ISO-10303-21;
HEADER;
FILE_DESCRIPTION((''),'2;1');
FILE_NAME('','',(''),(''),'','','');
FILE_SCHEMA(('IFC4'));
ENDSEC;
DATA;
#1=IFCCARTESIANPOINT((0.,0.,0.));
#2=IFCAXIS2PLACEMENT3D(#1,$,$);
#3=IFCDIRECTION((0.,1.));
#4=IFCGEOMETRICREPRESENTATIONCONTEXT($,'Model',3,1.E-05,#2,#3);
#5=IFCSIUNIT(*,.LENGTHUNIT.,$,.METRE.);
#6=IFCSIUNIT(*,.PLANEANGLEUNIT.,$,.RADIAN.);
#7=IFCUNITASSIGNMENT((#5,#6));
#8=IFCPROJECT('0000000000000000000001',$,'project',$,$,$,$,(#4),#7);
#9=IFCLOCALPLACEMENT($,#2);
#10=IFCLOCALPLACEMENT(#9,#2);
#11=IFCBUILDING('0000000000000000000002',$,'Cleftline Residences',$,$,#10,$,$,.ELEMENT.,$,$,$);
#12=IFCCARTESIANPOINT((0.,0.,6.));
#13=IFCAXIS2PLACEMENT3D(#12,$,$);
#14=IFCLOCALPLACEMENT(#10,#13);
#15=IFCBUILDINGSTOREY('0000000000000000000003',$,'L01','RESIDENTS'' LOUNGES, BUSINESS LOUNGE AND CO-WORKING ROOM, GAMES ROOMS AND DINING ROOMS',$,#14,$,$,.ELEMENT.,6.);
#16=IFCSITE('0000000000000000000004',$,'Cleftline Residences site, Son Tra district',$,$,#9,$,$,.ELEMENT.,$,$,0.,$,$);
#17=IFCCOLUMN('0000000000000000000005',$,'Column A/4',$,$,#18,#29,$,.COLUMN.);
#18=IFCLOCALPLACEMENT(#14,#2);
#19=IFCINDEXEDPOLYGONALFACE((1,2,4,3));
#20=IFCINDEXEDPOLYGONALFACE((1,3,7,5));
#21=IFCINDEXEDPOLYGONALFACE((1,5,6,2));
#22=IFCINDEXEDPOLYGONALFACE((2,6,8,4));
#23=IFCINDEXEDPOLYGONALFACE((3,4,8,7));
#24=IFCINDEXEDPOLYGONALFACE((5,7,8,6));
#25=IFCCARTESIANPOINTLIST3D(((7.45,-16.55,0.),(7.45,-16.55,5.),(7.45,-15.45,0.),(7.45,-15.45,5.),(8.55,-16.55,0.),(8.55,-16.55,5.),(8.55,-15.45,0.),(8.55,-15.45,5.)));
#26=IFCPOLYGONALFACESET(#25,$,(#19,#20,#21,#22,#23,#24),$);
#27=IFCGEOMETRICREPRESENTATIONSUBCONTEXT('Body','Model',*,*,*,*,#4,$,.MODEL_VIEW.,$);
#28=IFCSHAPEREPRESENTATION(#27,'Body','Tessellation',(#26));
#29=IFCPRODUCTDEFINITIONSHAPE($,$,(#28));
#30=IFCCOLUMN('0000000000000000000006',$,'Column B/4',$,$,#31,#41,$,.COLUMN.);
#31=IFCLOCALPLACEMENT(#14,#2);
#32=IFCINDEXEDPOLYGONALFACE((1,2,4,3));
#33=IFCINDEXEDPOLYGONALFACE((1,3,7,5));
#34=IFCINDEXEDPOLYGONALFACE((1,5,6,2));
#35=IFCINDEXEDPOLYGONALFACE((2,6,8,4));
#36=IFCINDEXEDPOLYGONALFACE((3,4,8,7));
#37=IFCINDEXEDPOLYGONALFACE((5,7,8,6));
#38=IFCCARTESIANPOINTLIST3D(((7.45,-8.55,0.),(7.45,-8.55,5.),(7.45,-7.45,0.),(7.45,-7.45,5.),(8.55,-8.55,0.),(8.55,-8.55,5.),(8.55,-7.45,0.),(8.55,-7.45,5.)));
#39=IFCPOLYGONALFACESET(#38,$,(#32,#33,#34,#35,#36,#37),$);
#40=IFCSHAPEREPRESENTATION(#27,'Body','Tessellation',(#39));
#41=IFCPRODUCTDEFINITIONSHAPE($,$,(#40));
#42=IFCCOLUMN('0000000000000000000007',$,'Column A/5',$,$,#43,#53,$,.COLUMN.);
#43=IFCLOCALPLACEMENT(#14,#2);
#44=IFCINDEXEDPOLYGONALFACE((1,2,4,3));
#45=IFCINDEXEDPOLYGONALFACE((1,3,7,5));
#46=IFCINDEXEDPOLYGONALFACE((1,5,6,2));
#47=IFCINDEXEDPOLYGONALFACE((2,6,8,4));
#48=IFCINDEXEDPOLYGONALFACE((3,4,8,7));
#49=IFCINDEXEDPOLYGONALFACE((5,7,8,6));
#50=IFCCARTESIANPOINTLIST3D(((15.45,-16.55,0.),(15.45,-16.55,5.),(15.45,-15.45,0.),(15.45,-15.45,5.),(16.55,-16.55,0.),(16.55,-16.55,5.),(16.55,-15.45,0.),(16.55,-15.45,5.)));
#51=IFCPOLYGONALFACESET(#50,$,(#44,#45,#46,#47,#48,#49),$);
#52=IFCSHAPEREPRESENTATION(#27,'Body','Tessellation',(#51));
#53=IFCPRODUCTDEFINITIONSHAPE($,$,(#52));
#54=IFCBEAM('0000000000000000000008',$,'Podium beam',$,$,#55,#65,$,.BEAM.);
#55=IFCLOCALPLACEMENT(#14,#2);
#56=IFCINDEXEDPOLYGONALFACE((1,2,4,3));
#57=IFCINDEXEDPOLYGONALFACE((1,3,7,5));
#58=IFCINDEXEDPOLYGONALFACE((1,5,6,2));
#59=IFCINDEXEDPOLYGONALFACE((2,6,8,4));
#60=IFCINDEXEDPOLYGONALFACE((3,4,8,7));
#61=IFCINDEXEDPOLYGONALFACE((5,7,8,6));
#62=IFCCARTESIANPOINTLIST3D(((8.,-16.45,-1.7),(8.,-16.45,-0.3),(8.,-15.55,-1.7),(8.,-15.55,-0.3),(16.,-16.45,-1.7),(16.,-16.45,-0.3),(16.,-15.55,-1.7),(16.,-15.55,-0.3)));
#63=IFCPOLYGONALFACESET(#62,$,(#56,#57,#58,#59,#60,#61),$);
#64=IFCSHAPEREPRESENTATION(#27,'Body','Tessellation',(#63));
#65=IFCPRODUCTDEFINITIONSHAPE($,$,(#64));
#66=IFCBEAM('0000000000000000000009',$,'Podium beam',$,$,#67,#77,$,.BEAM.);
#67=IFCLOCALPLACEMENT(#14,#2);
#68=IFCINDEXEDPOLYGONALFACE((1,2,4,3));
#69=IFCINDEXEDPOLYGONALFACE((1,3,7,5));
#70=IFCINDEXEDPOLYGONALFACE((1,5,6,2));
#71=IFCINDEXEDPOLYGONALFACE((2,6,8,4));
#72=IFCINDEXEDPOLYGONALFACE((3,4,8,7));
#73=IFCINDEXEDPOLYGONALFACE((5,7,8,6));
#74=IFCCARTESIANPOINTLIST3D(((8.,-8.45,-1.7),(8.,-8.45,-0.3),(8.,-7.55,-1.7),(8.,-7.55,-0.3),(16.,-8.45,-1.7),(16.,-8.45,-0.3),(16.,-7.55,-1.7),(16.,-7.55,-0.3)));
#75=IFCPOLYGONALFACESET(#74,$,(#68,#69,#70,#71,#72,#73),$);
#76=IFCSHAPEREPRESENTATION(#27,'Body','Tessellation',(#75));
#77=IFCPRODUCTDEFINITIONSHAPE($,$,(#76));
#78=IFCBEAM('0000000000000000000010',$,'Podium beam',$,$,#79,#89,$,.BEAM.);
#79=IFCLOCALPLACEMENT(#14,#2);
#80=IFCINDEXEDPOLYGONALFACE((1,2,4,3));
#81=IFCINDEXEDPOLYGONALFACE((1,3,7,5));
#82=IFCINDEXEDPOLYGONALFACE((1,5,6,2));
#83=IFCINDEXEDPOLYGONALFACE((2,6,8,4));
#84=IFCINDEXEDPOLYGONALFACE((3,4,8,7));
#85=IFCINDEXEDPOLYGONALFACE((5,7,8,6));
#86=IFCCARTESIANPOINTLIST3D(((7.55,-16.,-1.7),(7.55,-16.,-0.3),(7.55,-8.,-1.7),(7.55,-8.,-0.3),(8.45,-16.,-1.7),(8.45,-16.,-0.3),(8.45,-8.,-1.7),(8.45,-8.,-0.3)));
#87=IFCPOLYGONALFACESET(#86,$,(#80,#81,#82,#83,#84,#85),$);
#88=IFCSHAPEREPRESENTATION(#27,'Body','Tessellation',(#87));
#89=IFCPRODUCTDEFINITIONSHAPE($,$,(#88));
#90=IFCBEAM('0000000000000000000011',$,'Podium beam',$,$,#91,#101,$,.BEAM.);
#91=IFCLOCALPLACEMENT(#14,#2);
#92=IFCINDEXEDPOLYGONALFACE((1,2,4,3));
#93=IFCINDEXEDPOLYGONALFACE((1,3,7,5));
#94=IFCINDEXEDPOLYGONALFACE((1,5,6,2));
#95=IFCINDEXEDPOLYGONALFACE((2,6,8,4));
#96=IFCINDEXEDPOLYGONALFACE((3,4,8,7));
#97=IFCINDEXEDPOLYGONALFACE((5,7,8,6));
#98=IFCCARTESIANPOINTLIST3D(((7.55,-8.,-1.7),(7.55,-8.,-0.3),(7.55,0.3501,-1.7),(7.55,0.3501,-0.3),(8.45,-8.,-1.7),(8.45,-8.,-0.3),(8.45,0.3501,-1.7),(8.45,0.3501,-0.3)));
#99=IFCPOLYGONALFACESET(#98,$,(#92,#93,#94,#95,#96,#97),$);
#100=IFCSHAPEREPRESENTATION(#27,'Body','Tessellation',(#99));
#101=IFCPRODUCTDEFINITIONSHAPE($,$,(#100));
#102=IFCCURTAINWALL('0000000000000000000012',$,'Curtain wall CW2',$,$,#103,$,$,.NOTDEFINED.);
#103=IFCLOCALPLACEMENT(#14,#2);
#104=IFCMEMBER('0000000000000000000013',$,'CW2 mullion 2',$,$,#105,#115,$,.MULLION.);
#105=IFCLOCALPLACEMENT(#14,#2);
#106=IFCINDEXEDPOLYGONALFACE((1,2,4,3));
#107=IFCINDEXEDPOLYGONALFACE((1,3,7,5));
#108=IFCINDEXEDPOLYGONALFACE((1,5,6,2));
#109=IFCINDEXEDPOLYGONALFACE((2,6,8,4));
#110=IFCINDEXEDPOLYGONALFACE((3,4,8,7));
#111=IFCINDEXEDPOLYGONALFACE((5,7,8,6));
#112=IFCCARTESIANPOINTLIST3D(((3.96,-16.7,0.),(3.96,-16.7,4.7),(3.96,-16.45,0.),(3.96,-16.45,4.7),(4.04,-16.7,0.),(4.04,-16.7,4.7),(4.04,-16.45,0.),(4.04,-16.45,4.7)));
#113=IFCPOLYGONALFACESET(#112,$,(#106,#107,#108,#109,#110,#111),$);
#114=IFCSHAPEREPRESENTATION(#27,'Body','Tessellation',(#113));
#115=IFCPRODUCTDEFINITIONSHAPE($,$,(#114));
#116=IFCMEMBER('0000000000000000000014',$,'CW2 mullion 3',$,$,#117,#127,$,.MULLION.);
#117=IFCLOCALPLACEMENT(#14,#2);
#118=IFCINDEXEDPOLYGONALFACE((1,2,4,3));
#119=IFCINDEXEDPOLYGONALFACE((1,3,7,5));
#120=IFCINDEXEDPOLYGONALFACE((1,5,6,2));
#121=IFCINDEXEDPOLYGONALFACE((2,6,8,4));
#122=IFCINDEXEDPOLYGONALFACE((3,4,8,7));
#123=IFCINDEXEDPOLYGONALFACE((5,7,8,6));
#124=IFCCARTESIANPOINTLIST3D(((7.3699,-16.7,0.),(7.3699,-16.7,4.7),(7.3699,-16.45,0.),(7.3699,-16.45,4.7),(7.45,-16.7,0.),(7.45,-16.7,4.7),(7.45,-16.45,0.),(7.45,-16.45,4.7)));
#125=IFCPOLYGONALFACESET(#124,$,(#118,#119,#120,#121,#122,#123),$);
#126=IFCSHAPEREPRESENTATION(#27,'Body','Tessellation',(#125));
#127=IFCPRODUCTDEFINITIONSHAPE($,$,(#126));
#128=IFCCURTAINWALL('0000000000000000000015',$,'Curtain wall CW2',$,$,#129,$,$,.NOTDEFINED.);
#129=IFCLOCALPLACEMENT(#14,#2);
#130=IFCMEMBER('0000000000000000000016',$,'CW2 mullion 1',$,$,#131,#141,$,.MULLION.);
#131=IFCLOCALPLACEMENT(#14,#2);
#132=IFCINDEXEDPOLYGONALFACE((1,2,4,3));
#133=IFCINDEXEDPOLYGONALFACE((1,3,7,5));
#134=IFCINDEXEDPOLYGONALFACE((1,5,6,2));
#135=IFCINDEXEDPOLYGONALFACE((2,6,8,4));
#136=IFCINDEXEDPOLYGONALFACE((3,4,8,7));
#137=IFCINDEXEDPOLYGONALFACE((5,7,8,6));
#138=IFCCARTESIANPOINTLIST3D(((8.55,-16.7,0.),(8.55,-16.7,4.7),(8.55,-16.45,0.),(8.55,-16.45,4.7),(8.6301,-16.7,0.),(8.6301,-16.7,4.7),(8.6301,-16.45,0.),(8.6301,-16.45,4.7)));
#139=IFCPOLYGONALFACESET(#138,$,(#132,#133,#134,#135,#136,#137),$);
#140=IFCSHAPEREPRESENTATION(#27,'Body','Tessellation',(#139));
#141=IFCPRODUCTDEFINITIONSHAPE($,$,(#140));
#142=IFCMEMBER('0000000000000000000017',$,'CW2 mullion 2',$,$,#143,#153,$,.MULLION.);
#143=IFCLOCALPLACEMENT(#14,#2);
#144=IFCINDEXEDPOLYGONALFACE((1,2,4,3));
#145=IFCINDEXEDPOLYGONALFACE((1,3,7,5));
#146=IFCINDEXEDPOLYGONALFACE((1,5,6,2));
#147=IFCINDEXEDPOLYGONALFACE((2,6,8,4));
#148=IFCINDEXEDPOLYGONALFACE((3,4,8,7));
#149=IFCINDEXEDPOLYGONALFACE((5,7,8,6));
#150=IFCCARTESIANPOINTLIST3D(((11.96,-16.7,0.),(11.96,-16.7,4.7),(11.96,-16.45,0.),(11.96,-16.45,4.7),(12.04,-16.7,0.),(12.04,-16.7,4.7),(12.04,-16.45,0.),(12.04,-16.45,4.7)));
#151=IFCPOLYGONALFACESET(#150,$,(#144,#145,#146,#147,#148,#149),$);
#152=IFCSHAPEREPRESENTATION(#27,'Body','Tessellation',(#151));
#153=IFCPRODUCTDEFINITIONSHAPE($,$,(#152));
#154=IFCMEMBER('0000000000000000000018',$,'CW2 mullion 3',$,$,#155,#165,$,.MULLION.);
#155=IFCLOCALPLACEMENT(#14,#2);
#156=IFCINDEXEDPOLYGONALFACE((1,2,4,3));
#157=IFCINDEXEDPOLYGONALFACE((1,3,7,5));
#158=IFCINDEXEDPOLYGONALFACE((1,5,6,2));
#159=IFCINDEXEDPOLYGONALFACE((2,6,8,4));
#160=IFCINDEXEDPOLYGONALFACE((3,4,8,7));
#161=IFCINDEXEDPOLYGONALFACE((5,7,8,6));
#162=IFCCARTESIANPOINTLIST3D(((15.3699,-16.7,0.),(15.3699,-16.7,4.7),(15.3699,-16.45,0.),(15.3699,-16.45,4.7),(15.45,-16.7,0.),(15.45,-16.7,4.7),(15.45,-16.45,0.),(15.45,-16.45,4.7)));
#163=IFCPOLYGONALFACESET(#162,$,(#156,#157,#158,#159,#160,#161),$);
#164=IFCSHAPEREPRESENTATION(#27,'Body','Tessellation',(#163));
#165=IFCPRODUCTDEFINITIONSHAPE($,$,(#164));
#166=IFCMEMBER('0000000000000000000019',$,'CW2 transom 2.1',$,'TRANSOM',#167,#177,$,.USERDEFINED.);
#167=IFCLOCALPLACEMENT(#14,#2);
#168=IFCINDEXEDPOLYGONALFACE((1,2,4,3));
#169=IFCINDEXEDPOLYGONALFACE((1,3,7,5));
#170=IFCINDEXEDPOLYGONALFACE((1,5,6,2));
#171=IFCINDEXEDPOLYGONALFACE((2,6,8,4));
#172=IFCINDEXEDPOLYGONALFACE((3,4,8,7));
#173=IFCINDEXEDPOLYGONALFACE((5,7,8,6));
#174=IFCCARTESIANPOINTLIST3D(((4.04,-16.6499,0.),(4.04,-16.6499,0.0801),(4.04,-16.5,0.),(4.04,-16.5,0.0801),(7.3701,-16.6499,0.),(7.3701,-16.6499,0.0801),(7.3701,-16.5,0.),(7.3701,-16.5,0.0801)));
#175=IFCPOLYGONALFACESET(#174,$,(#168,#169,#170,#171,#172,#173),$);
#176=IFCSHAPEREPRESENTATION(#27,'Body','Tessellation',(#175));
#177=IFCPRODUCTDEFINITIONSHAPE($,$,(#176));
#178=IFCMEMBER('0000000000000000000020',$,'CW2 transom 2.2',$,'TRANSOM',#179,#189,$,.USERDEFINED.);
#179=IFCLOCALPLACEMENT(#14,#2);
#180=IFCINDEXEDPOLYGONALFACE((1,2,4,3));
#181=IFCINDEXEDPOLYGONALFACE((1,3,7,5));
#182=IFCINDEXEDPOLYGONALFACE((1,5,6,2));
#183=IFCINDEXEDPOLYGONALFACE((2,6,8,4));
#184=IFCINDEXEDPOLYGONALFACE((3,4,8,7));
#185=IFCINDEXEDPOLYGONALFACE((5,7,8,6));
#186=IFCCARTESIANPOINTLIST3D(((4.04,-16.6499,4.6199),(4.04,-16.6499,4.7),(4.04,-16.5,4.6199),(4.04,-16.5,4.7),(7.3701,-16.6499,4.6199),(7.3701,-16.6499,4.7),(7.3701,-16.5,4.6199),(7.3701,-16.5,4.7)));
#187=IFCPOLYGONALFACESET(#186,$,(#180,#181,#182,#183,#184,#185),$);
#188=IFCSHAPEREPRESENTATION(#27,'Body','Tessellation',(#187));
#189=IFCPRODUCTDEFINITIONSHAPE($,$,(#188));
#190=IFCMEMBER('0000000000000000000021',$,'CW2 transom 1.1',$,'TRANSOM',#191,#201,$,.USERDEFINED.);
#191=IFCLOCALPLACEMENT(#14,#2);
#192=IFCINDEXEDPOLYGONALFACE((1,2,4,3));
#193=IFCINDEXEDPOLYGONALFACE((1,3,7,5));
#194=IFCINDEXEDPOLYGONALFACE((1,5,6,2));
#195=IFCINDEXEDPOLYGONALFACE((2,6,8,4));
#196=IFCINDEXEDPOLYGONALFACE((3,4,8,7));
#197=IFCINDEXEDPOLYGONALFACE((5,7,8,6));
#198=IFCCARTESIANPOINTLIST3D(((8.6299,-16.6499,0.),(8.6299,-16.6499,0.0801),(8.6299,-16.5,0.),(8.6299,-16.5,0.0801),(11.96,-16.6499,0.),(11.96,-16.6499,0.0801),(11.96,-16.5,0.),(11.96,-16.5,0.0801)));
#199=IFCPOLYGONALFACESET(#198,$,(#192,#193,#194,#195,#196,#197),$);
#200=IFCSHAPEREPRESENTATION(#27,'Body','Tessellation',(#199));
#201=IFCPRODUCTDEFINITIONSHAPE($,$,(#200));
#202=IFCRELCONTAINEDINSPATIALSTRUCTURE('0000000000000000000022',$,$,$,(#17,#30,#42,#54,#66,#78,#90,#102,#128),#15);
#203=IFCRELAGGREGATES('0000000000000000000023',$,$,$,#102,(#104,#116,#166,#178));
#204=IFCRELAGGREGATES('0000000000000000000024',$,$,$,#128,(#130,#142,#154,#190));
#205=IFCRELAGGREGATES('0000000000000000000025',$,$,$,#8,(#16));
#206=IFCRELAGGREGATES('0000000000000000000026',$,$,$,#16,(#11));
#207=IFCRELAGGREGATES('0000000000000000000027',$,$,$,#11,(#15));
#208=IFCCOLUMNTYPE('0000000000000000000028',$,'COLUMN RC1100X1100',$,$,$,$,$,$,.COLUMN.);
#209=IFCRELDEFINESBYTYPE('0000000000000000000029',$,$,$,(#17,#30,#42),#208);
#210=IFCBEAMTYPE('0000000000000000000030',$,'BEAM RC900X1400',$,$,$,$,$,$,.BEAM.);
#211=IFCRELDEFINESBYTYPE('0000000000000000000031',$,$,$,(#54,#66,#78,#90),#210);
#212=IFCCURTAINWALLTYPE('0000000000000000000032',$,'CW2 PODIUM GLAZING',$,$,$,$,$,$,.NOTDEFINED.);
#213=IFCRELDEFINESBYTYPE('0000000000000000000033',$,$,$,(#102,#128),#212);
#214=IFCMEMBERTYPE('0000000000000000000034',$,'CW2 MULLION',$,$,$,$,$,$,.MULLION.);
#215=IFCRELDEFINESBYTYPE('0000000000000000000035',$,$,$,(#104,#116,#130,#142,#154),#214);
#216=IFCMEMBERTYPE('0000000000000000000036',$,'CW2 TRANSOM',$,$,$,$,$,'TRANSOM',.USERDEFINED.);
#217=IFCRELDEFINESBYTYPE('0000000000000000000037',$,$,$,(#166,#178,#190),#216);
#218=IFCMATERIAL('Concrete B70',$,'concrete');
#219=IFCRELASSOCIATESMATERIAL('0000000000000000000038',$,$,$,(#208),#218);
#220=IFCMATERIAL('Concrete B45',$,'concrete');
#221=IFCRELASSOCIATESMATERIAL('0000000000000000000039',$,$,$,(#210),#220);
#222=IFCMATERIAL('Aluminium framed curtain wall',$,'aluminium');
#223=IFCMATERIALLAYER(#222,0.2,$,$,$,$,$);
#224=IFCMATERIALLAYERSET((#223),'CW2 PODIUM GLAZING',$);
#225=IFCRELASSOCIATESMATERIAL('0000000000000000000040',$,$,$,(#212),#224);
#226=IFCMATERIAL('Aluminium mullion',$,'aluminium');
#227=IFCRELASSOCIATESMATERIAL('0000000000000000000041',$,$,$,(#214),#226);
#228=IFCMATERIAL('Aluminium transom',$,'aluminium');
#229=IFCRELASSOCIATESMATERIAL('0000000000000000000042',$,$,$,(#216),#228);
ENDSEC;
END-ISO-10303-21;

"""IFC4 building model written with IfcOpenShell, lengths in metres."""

from ifc_helpers import new_model, si_unit, direction, frame, origin, origin_2d, place, context, subcontext, project, spatial, rectangle, extrude, material, layer, layer_set, material_profile, profile_set, type_object, element, aggregate, save


model = new_model("IFC4")

# Units and contexts
model_context = context("Model", 3, precision=1e-05, world=origin(), true_north=direction((0.0, 1.0)))
body_context = subcontext(model_context, "Body", "Model", "MODEL_VIEW")
ifc_project = project(units=[si_unit("LENGTHUNIT", "METRE"), si_unit("PLANEANGLEUNIT", "RADIAN")], contexts=[model_context])

# Site, building, storey
site_placement = place(None, origin())
site = spatial("IfcSite", under=ifc_project, at=site_placement, Name="Cleftline Residences site, Son Tra district", CompositionType="ELEMENT", RefElevation=0.0)
building_placement = place(site_placement, origin())
building = spatial("IfcBuilding", under=site, at=building_placement, Name="Cleftline Residences", CompositionType="ELEMENT")
storey_placement = place(building_placement, frame((0.0, 0.0, 6.0)))
storey = spatial("IfcBuildingStorey", under=building, at=storey_placement, Name="L01", Description="RESIDENTS' LOUNGES, BUSINESS LOUNGE AND CO-WORKING ROOM, GAMES ROOMS AND DINING ROOMS", CompositionType="ELEMENT", Elevation=6.0)

# Columns
ifc_material_1 = material(Name="Concrete B70", Category="concrete")
ifc_material_profile_1 = material_profile(ifc_material_1, rectangle(XDim=1.1001, YDim=1.1001, at=origin_2d()))
ifc_profile_set_1 = profile_set([ifc_material_profile_1], Name="Concrete B70")
column_type = type_object("IfcColumnType", Name="COLUMN RC1100X1100", PredefinedType="COLUMN", material=ifc_profile_set_1)
for number, where, z_axis, x_axis, name in (
    (1, (8.0, -16.0, 0.0), (0.0, 0.0, 1.0), (1.0, 0.0, 0.0), "Column A/4"),
    (2, (8.0, -8.0, 0.0), (0.0, 0.0, 1.0), (1.0, 0.0, 0.0), "Column B/4"),
    (3, (16.0, -16.0, 0.0), (0.0, 0.0, 1.0), (1.0, 0.0, 0.0), "Column A/5"),
):
    element("IfcColumn", number, at=place(storey_placement, frame(where, z_axis=z_axis, x_axis=x_axis)), inside=storey, type_object=column_type, Name=name, PredefinedType="COLUMN", context=body_context, shape_type="SweptSolid", body=[
        extrude(rectangle(XDim=1.1001, YDim=1.1001, at=origin_2d()), origin(), (0.0, 0.0, 1.0), 5.0),
    ])

# Beams
ifc_material_2 = material(Name="Concrete B45", Category="concrete")
ifc_material_profile_2 = material_profile(ifc_material_2, rectangle(XDim=0.8999, YDim=1.3999, at=origin_2d()))
ifc_profile_set_2 = profile_set([ifc_material_profile_2], Name="Concrete B45")
beam_type = type_object("IfcBeamType", Name="BEAM RC900X1400", PredefinedType="BEAM", material=ifc_profile_set_2)
for number, where, z_axis, x_axis, name in (
    (4, (8.0, -16.0, -1.0), (1.0, 0.0, 0.0), (0.0, 1.0, 0.0), "Podium beam"),
    (5, (8.0, -8.0, -1.0), (1.0, 0.0, 0.0), (0.0, 1.0, 0.0), "Podium beam"),
    (6, (8.0, -16.0, -1.0), (0.0, 1.0, 0.0), (-1.0, 0.0, 0.0), "Podium beam"),
):
    element("IfcBeam", number, at=place(storey_placement, frame(where, z_axis=z_axis, x_axis=x_axis)), inside=storey, type_object=beam_type, Name=name, PredefinedType="BEAM", context=body_context, shape_type="SweptSolid", body=[
        extrude(rectangle(XDim=0.8999, YDim=1.3999, at=origin_2d()), origin(), (0.0, 0.0, 1.0), 8.0),
    ])
beam_placement = place(storey_placement, frame((8.0, -8.0, -1.0), z_axis=(0.0, 1.0, 0.0), x_axis=(-1.0, 0.0, 0.0)))
element("IfcBeam", 7, at=beam_placement, inside=storey, type_object=beam_type, Name="Podium beam", PredefinedType="BEAM", context=body_context, shape_type="SweptSolid", body=[
    extrude(rectangle(XDim=0.8999, YDim=1.3999, at=origin_2d()), origin(), (0.0, 0.0, 1.0), 8.3501),
])

# Curtain walls, members
ifc_material_3 = material(Name="Aluminium framed curtain wall", Category="aluminium")
ifc_layer_1 = layer(ifc_material_3, 0.2)
ifc_layer_set_1 = layer_set([ifc_layer_1], Name="CW2 PODIUM GLAZING")
curtain_wall_type = type_object("IfcCurtainWallType", Name="CW2 PODIUM GLAZING", PredefinedType="NOTDEFINED", material=ifc_layer_set_1)
curtain_wall_1_placement = place(storey_placement, origin())
curtain_wall_1 = element("IfcCurtainWall", 8, at=curtain_wall_1_placement, inside=storey, type_object=curtain_wall_type, Name="Curtain wall CW2", PredefinedType="NOTDEFINED")
ifc_material_4 = material(Name="Aluminium mullion", Category="aluminium")
ifc_material_profile_3 = material_profile(ifc_material_4, rectangle(XDim=0.25, YDim=0.0801, at=origin_2d()))
ifc_profile_set_3 = profile_set([ifc_material_profile_3], Name="Aluminium mullion")
member_type_1 = type_object("IfcMemberType", Name="CW2 MULLION", PredefinedType="MULLION", material=ifc_profile_set_3)
member_1_placement = place(storey_placement, frame((4.0, -16.575, 0.0), z_axis=(0.0, 0.0, 1.0), x_axis=(0.0, 1.0, 0.0)))
member_1 = element("IfcMember", 9, at=member_1_placement, type_object=member_type_1, Name="CW2 mullion 2", PredefinedType="MULLION", context=body_context, shape_type="SweptSolid", body=[
    extrude(rectangle(XDim=0.25, YDim=0.0801, at=origin_2d()), origin(), (0.0, 0.0, 1.0), 4.7),
])
member_2_placement = place(storey_placement, frame((7.4099, -16.575, 0.0), z_axis=(0.0, 0.0, 1.0), x_axis=(0.0, 1.0, 0.0)))
member_2 = element("IfcMember", 10, at=member_2_placement, type_object=member_type_1, Name="CW2 mullion 3", PredefinedType="MULLION", context=body_context, shape_type="SweptSolid", body=[
    extrude(rectangle(XDim=0.25, YDim=0.0801, at=origin_2d()), origin(), (0.0, 0.0, 1.0), 4.7),
])
curtain_wall_2_placement = place(storey_placement, origin())
curtain_wall_2 = element("IfcCurtainWall", 11, at=curtain_wall_2_placement, inside=storey, type_object=curtain_wall_type, Name="Curtain wall CW2", PredefinedType="NOTDEFINED")
member_3_placement = place(storey_placement, frame((8.5901, -16.575, 0.0), z_axis=(0.0, 0.0, 1.0), x_axis=(0.0, 1.0, 0.0)))
member_3 = element("IfcMember", 12, at=member_3_placement, type_object=member_type_1, Name="CW2 mullion 1", PredefinedType="MULLION", context=body_context, shape_type="SweptSolid", body=[
    extrude(rectangle(XDim=0.25, YDim=0.0801, at=origin_2d()), origin(), (0.0, 0.0, 1.0), 4.7),
])
member_4_placement = place(storey_placement, frame((12.0, -16.575, 0.0), z_axis=(0.0, 0.0, 1.0), x_axis=(0.0, 1.0, 0.0)))
member_4 = element("IfcMember", 13, at=member_4_placement, type_object=member_type_1, Name="CW2 mullion 2", PredefinedType="MULLION", context=body_context, shape_type="SweptSolid", body=[
    extrude(rectangle(XDim=0.25, YDim=0.0801, at=origin_2d()), origin(), (0.0, 0.0, 1.0), 4.7),
])
member_5_placement = place(storey_placement, frame((15.4099, -16.575, 0.0), z_axis=(0.0, 0.0, 1.0), x_axis=(0.0, 1.0, 0.0)))
member_5 = element("IfcMember", 14, at=member_5_placement, type_object=member_type_1, Name="CW2 mullion 3", PredefinedType="MULLION", context=body_context, shape_type="SweptSolid", body=[
    extrude(rectangle(XDim=0.25, YDim=0.0801, at=origin_2d()), origin(), (0.0, 0.0, 1.0), 4.7),
])

# Members
ifc_material_5 = material(Name="Aluminium transom", Category="aluminium")
ifc_material_profile_4 = material_profile(ifc_material_5, rectangle(XDim=0.1499, YDim=0.0801, at=origin_2d()))
ifc_profile_set_4 = profile_set([ifc_material_profile_4], Name="Aluminium transom")
member_type_2 = type_object("IfcMemberType", Name="CW2 TRANSOM", ElementType="TRANSOM", PredefinedType="USERDEFINED", material=ifc_profile_set_4)
member_6_placement = place(storey_placement, frame((4.04, -16.575, 0.04), z_axis=(1.0, 0.0, 0.0), x_axis=(0.0, 1.0, 0.0)))
member_6 = element("IfcMember", 15, at=member_6_placement, type_object=member_type_2, Name="CW2 transom 2.1", ObjectType="TRANSOM", PredefinedType="USERDEFINED", context=body_context, shape_type="SweptSolid", body=[
    extrude(rectangle(XDim=0.1499, YDim=0.0801, at=origin_2d()), origin(), (0.0, 0.0, 1.0), 3.3301),
])
member_7_placement = place(storey_placement, frame((4.04, -16.575, 4.6599), z_axis=(1.0, 0.0, 0.0), x_axis=(0.0, 1.0, 0.0)))
member_7 = element("IfcMember", 16, at=member_7_placement, type_object=member_type_2, Name="CW2 transom 2.2", ObjectType="TRANSOM", PredefinedType="USERDEFINED", context=body_context, shape_type="SweptSolid", body=[
    extrude(rectangle(XDim=0.1499, YDim=0.0801, at=origin_2d()), origin(), (0.0, 0.0, 1.0), 3.3301),
])
member_8_placement = place(storey_placement, frame((8.6299, -16.575, 0.04), z_axis=(1.0, 0.0, 0.0), x_axis=(0.0, 1.0, 0.0)))
member_8 = element("IfcMember", 17, at=member_8_placement, type_object=member_type_2, Name="CW2 transom 1.1", ObjectType="TRANSOM", PredefinedType="USERDEFINED", context=body_context, shape_type="SweptSolid", body=[
    extrude(rectangle(XDim=0.1499, YDim=0.0801, at=origin_2d()), origin(), (0.0, 0.0, 1.0), 3.3301),
])

aggregate(curtain_wall_1, [member_1, member_2, member_6, member_7])
aggregate(curtain_wall_2, [member_3, member_4, member_5, member_8])

save(model, "model.ifc")
